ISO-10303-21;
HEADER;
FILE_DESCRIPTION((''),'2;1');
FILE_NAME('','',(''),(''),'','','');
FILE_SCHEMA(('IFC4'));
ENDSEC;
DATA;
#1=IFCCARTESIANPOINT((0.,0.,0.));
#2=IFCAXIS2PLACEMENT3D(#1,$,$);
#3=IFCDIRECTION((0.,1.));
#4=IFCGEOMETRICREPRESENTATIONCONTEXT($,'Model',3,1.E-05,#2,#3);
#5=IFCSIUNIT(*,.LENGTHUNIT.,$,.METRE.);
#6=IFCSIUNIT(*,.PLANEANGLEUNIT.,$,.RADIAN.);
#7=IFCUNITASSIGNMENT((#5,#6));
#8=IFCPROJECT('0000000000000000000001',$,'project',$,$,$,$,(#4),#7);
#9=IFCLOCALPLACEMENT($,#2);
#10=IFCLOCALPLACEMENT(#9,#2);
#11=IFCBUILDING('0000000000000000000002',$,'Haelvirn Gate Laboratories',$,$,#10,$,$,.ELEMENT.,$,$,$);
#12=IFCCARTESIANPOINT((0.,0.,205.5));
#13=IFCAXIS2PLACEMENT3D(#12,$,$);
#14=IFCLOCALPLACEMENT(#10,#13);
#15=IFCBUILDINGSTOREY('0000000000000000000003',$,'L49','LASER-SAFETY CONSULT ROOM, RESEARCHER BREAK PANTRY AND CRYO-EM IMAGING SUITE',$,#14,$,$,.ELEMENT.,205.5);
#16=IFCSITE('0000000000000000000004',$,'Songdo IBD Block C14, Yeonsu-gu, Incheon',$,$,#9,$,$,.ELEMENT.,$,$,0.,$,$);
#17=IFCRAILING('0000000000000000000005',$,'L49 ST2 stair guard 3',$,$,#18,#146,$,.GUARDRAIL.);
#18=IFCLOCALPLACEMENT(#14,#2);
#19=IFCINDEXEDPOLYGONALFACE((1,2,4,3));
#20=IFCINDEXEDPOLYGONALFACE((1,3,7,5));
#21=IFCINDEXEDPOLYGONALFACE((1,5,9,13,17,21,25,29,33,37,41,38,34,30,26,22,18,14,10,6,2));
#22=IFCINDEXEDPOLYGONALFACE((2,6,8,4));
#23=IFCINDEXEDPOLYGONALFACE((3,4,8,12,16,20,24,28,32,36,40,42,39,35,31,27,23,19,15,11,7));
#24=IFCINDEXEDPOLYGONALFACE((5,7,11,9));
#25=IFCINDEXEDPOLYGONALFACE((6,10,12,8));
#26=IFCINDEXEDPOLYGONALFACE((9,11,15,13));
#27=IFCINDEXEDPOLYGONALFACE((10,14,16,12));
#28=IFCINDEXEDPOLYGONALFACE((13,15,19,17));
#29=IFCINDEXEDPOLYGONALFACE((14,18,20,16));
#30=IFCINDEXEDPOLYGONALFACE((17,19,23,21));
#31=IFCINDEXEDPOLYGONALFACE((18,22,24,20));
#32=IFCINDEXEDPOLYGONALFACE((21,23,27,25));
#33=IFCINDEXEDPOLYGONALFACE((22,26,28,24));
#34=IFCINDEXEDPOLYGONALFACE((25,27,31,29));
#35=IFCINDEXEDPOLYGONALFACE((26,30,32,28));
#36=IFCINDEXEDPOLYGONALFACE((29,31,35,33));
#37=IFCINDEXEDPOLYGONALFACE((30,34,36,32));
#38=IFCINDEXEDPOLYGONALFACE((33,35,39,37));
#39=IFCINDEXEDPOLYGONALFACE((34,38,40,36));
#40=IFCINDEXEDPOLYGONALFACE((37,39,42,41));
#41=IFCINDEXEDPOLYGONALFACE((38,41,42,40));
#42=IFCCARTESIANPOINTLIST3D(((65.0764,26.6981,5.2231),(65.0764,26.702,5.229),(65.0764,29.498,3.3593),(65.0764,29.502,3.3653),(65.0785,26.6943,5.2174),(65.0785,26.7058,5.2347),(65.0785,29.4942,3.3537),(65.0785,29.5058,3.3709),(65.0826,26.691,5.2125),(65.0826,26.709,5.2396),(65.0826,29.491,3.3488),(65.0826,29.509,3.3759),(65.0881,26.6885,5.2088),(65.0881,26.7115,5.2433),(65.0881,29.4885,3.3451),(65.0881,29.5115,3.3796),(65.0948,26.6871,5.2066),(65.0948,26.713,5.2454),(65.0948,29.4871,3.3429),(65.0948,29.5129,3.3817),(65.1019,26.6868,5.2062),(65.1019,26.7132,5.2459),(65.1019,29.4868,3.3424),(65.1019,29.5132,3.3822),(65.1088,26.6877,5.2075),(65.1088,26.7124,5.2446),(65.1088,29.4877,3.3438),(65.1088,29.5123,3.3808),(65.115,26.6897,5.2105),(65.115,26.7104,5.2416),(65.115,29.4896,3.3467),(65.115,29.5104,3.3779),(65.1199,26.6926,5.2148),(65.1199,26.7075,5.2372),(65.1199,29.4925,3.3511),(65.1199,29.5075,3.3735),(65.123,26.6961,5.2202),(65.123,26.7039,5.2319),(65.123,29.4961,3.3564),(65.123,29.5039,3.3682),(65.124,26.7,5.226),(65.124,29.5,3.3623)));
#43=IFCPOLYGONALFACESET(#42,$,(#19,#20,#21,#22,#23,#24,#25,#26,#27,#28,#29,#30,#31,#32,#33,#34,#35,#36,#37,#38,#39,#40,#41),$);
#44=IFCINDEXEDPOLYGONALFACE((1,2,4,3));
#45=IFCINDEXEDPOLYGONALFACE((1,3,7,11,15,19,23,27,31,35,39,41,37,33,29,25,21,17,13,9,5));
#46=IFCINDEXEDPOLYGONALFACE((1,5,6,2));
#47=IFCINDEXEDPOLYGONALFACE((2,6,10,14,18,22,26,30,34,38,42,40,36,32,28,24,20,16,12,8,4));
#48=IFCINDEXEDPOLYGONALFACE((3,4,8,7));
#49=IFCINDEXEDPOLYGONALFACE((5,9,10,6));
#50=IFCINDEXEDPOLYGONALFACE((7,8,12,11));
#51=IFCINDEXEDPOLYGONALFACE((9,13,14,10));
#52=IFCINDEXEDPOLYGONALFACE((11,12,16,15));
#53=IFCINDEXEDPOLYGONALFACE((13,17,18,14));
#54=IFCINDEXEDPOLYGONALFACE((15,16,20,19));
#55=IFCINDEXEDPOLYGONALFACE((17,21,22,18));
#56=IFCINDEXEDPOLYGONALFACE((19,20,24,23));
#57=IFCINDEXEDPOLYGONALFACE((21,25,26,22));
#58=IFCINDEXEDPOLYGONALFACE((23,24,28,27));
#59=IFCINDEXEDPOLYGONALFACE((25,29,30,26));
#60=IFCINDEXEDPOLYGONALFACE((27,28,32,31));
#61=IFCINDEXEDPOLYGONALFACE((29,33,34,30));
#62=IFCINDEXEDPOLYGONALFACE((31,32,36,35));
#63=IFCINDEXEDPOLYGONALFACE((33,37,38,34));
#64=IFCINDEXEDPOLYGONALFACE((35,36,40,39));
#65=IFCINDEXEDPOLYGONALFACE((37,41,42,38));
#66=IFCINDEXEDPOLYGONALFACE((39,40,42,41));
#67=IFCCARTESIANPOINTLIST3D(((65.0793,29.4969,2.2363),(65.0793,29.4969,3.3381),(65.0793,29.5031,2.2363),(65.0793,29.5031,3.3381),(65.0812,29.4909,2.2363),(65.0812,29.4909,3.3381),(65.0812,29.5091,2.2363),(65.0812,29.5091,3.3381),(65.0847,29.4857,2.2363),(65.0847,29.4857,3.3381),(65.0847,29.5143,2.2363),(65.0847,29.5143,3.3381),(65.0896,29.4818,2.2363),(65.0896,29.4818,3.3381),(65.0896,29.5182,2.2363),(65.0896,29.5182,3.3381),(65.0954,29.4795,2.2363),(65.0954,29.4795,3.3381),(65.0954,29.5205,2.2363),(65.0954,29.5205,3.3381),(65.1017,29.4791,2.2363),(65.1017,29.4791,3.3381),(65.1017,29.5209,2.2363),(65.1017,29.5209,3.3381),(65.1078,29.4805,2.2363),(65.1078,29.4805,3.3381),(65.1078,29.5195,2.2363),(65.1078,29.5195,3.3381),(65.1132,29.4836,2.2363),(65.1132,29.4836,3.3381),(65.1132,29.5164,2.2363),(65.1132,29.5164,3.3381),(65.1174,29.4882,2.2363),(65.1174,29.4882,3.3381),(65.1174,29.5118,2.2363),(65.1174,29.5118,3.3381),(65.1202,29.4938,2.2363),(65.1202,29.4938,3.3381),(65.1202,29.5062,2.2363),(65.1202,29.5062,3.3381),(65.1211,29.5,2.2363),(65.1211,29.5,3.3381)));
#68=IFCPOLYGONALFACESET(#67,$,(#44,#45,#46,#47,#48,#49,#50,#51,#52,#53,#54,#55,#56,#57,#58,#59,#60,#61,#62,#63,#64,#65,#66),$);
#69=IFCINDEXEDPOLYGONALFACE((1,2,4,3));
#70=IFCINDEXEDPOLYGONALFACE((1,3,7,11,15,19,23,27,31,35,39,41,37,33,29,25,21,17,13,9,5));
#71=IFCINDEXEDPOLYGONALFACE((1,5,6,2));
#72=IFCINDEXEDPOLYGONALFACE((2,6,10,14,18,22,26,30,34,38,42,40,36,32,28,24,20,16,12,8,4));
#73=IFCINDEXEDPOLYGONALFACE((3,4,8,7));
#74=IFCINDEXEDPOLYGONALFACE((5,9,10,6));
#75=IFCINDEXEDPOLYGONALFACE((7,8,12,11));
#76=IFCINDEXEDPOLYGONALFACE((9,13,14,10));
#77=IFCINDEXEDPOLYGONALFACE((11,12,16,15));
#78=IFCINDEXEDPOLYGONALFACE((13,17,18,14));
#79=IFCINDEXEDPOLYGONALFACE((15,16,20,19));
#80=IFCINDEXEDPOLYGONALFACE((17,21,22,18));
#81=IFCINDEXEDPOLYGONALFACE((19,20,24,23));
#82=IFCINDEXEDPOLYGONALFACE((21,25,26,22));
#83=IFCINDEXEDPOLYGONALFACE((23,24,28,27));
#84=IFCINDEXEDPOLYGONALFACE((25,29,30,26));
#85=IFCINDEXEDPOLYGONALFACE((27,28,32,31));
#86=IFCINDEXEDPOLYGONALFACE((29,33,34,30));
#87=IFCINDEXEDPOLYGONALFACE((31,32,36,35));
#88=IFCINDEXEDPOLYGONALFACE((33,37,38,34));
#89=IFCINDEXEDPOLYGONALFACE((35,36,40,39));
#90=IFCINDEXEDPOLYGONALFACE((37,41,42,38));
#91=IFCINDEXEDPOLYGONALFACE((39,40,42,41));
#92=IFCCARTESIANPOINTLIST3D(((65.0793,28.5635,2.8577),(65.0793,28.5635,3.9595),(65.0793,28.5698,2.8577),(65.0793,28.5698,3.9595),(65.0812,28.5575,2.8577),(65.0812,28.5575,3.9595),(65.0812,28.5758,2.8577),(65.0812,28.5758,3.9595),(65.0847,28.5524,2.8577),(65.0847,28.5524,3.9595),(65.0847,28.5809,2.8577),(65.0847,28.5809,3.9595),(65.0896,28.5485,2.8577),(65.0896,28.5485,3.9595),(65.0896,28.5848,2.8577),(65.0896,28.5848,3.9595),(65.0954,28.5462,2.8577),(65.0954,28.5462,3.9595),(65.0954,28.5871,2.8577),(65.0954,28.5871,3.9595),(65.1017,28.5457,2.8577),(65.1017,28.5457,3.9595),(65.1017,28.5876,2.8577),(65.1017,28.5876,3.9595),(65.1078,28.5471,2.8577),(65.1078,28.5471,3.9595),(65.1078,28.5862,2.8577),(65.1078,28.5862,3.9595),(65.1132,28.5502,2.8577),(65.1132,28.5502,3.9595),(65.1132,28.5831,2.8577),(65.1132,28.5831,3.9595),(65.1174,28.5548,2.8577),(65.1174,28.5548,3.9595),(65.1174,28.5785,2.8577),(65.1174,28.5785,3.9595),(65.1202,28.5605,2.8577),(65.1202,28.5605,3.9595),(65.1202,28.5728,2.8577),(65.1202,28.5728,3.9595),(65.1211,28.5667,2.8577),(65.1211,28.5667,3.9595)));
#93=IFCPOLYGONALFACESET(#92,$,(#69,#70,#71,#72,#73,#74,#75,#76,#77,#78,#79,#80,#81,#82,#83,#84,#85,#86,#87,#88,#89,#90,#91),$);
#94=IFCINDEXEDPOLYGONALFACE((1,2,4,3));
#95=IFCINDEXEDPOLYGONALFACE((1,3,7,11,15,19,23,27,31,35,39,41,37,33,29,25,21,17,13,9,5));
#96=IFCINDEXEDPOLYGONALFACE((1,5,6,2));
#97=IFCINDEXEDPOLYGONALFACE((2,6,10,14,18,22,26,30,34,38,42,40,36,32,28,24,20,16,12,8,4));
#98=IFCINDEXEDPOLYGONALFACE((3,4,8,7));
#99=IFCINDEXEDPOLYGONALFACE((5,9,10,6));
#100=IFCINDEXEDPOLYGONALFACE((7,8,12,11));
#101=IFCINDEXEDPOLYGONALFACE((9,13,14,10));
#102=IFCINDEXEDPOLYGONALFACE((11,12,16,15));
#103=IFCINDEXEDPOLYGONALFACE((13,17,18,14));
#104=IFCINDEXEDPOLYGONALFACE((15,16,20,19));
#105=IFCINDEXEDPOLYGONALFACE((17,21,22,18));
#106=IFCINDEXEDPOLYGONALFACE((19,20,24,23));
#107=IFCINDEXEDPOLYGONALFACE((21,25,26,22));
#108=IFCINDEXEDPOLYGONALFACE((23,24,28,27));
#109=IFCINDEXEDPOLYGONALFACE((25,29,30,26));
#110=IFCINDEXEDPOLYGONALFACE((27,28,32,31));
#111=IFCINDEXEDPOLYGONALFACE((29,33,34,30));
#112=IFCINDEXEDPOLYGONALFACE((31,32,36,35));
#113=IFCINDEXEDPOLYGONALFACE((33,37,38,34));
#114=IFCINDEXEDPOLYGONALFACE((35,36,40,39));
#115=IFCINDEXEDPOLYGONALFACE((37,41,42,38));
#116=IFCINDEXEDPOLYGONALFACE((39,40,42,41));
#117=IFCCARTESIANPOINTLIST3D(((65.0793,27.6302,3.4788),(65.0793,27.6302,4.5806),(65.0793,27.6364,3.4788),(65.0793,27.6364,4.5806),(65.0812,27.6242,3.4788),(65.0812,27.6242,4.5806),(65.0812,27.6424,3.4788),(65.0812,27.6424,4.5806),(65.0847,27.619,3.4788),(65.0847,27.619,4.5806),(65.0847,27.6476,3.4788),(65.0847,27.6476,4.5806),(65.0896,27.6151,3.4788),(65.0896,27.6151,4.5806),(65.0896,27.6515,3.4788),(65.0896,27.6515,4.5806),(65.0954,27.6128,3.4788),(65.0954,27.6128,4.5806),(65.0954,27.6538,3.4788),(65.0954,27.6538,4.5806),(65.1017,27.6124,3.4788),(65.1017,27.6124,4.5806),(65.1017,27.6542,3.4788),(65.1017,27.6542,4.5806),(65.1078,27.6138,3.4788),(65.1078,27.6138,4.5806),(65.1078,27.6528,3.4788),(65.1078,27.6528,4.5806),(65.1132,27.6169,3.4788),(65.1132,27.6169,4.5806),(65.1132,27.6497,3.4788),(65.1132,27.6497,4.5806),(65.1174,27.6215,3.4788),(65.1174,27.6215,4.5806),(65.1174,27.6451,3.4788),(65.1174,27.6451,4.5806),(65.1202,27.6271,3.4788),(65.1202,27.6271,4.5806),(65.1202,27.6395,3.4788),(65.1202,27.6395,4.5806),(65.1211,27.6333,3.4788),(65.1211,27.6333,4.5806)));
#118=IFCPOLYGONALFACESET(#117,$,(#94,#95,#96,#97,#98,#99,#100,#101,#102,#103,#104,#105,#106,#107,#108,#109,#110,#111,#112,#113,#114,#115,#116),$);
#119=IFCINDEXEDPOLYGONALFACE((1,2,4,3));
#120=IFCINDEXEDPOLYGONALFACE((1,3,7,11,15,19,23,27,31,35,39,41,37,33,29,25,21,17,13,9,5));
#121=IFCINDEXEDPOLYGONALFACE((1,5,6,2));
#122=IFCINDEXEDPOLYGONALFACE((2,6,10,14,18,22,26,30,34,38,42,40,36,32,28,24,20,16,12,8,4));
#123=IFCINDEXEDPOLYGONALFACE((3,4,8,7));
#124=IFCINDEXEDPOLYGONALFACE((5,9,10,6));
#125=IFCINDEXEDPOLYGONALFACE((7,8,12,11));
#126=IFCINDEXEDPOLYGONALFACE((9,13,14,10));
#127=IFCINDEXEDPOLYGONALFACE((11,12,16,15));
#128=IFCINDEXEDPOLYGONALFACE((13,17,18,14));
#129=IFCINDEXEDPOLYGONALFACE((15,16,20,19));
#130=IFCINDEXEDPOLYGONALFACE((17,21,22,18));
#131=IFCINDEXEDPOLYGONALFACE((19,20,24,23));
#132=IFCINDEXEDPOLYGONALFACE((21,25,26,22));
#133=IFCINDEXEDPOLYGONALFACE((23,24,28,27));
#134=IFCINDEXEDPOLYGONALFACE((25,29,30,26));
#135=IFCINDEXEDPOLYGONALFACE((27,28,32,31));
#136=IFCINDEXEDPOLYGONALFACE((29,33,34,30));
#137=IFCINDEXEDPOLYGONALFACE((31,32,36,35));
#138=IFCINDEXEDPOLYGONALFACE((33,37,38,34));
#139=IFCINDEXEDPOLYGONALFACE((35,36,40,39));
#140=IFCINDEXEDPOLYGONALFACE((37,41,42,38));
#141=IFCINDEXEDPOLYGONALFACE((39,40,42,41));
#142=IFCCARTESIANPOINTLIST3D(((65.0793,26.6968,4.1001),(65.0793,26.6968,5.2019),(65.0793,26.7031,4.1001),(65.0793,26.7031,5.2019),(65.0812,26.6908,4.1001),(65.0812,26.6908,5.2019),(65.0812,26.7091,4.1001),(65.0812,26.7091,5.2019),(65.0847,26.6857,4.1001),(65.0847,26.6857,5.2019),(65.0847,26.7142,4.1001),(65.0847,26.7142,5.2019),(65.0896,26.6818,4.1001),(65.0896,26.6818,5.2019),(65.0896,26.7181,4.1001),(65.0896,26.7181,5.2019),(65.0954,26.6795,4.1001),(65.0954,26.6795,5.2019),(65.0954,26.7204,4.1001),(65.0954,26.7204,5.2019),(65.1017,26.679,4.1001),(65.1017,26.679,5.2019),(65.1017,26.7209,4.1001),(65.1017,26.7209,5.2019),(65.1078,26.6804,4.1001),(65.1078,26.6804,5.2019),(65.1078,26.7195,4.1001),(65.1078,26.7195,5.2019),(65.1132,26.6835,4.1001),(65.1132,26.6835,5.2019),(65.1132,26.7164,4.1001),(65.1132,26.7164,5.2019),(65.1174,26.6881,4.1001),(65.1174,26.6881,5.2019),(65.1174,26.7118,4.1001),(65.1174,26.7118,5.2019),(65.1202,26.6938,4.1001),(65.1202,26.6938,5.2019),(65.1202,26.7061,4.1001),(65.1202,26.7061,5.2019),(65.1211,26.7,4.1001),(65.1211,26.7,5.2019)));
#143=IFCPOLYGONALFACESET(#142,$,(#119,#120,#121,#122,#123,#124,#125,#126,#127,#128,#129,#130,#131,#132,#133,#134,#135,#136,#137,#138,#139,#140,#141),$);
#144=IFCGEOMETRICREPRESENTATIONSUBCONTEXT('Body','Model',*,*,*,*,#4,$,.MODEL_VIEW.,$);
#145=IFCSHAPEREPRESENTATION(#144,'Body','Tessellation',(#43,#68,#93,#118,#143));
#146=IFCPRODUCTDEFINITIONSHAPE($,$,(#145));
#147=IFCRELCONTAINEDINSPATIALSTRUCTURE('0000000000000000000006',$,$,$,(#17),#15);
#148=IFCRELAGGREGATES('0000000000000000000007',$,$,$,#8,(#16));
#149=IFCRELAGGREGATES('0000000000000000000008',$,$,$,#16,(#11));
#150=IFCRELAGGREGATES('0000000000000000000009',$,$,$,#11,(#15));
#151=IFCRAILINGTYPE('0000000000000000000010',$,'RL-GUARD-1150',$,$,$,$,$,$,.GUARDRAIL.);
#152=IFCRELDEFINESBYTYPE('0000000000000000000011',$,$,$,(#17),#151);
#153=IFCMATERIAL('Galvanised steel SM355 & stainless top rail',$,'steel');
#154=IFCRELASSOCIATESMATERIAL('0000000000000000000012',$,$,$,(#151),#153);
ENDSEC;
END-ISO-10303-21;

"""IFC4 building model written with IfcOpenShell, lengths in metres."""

from ifc_helpers import new_model, si_unit, direction, frame, origin, origin_2d, place, context, subcontext, project, spatial, circle, extrude, source, transform, mapped, material, type_object, element, save


model = new_model("IFC4")

# Units and contexts
model_context = context("Model", 3, precision=1e-05, world=origin(), true_north=direction((0.0, 1.0)))
body_context = subcontext(model_context, "Body", "Model", "MODEL_VIEW")
ifc_project = project(units=[si_unit("LENGTHUNIT", "METRE"), si_unit("PLANEANGLEUNIT", "RADIAN")], contexts=[model_context])

# Site, building, storey
site_placement = place(None, origin())
site = spatial("IfcSite", under=ifc_project, at=site_placement, Name="Songdo IBD Block C14, Yeonsu-gu, Incheon", CompositionType="ELEMENT", RefElevation=0.0)
building_placement = place(site_placement, origin())
building = spatial("IfcBuilding", under=site, at=building_placement, Name="Haelvirn Gate Laboratories", CompositionType="ELEMENT")
storey_placement = place(building_placement, frame((0.0, 0.0, 205.5)))
storey = spatial("IfcBuildingStorey", under=building, at=storey_placement, Name="L49", Description="LASER-SAFETY CONSULT ROOM, RESEARCHER BREAK PANTRY AND CRYO-EM IMAGING SUITE", CompositionType="ELEMENT", Elevation=205.5)

# Railing
ifc_material_1 = material(Name="Galvanised steel SM355 & stainless top rail", Category="steel")
railing_type_1 = type_object("IfcRailingType", Name="RL-GUARD-1150", PredefinedType="GUARDRAIL", material=ifc_material_1)
shared_shape_1 = source(origin(), body_context, "Body", "SweptSolid", [
    extrude(circle(Radius=0.0239, at=origin_2d()), frame((0.0, 0.0, 1.126), z_axis=(0.0, -0.832452, 0.554097), x_axis=(1.0, 0.0, 0.0)), (0.0, 0.0, 1.0), 3.3635),
    extrude(circle(Radius=0.021, at=origin_2d()), origin(), (0.0, 0.0, 1.0), 1.1018),
    extrude(circle(Radius=0.021, at=origin_2d()), frame((0.0, -0.9333, 0.6213)), (0.0, 0.0, 1.0), 1.1018),
    extrude(circle(Radius=0.021, at=origin_2d()), frame((0.0, -1.8667, 1.2424)), (0.0, 0.0, 1.0), 1.1018),
    extrude(circle(Radius=0.021, at=origin_2d()), frame((0.0, -2.8, 1.8638)), (0.0, 0.0, 1.0), 1.1018),
])
railing_1_placement = place(storey_placement, frame((65.1001, 29.5, 2.2363)))
element("IfcRailing", 1, at=railing_1_placement, inside=storey, type_object=railing_type_1, Name="L49 ST2 stair guard 3", PredefinedType="GUARDRAIL", context=body_context, shape_type="MappedRepresentation", body=[
    mapped(shared_shape_1, transform((0.0, 0.0, 0.0), scale=1.0)),
])

save(model, "model.ifc")
